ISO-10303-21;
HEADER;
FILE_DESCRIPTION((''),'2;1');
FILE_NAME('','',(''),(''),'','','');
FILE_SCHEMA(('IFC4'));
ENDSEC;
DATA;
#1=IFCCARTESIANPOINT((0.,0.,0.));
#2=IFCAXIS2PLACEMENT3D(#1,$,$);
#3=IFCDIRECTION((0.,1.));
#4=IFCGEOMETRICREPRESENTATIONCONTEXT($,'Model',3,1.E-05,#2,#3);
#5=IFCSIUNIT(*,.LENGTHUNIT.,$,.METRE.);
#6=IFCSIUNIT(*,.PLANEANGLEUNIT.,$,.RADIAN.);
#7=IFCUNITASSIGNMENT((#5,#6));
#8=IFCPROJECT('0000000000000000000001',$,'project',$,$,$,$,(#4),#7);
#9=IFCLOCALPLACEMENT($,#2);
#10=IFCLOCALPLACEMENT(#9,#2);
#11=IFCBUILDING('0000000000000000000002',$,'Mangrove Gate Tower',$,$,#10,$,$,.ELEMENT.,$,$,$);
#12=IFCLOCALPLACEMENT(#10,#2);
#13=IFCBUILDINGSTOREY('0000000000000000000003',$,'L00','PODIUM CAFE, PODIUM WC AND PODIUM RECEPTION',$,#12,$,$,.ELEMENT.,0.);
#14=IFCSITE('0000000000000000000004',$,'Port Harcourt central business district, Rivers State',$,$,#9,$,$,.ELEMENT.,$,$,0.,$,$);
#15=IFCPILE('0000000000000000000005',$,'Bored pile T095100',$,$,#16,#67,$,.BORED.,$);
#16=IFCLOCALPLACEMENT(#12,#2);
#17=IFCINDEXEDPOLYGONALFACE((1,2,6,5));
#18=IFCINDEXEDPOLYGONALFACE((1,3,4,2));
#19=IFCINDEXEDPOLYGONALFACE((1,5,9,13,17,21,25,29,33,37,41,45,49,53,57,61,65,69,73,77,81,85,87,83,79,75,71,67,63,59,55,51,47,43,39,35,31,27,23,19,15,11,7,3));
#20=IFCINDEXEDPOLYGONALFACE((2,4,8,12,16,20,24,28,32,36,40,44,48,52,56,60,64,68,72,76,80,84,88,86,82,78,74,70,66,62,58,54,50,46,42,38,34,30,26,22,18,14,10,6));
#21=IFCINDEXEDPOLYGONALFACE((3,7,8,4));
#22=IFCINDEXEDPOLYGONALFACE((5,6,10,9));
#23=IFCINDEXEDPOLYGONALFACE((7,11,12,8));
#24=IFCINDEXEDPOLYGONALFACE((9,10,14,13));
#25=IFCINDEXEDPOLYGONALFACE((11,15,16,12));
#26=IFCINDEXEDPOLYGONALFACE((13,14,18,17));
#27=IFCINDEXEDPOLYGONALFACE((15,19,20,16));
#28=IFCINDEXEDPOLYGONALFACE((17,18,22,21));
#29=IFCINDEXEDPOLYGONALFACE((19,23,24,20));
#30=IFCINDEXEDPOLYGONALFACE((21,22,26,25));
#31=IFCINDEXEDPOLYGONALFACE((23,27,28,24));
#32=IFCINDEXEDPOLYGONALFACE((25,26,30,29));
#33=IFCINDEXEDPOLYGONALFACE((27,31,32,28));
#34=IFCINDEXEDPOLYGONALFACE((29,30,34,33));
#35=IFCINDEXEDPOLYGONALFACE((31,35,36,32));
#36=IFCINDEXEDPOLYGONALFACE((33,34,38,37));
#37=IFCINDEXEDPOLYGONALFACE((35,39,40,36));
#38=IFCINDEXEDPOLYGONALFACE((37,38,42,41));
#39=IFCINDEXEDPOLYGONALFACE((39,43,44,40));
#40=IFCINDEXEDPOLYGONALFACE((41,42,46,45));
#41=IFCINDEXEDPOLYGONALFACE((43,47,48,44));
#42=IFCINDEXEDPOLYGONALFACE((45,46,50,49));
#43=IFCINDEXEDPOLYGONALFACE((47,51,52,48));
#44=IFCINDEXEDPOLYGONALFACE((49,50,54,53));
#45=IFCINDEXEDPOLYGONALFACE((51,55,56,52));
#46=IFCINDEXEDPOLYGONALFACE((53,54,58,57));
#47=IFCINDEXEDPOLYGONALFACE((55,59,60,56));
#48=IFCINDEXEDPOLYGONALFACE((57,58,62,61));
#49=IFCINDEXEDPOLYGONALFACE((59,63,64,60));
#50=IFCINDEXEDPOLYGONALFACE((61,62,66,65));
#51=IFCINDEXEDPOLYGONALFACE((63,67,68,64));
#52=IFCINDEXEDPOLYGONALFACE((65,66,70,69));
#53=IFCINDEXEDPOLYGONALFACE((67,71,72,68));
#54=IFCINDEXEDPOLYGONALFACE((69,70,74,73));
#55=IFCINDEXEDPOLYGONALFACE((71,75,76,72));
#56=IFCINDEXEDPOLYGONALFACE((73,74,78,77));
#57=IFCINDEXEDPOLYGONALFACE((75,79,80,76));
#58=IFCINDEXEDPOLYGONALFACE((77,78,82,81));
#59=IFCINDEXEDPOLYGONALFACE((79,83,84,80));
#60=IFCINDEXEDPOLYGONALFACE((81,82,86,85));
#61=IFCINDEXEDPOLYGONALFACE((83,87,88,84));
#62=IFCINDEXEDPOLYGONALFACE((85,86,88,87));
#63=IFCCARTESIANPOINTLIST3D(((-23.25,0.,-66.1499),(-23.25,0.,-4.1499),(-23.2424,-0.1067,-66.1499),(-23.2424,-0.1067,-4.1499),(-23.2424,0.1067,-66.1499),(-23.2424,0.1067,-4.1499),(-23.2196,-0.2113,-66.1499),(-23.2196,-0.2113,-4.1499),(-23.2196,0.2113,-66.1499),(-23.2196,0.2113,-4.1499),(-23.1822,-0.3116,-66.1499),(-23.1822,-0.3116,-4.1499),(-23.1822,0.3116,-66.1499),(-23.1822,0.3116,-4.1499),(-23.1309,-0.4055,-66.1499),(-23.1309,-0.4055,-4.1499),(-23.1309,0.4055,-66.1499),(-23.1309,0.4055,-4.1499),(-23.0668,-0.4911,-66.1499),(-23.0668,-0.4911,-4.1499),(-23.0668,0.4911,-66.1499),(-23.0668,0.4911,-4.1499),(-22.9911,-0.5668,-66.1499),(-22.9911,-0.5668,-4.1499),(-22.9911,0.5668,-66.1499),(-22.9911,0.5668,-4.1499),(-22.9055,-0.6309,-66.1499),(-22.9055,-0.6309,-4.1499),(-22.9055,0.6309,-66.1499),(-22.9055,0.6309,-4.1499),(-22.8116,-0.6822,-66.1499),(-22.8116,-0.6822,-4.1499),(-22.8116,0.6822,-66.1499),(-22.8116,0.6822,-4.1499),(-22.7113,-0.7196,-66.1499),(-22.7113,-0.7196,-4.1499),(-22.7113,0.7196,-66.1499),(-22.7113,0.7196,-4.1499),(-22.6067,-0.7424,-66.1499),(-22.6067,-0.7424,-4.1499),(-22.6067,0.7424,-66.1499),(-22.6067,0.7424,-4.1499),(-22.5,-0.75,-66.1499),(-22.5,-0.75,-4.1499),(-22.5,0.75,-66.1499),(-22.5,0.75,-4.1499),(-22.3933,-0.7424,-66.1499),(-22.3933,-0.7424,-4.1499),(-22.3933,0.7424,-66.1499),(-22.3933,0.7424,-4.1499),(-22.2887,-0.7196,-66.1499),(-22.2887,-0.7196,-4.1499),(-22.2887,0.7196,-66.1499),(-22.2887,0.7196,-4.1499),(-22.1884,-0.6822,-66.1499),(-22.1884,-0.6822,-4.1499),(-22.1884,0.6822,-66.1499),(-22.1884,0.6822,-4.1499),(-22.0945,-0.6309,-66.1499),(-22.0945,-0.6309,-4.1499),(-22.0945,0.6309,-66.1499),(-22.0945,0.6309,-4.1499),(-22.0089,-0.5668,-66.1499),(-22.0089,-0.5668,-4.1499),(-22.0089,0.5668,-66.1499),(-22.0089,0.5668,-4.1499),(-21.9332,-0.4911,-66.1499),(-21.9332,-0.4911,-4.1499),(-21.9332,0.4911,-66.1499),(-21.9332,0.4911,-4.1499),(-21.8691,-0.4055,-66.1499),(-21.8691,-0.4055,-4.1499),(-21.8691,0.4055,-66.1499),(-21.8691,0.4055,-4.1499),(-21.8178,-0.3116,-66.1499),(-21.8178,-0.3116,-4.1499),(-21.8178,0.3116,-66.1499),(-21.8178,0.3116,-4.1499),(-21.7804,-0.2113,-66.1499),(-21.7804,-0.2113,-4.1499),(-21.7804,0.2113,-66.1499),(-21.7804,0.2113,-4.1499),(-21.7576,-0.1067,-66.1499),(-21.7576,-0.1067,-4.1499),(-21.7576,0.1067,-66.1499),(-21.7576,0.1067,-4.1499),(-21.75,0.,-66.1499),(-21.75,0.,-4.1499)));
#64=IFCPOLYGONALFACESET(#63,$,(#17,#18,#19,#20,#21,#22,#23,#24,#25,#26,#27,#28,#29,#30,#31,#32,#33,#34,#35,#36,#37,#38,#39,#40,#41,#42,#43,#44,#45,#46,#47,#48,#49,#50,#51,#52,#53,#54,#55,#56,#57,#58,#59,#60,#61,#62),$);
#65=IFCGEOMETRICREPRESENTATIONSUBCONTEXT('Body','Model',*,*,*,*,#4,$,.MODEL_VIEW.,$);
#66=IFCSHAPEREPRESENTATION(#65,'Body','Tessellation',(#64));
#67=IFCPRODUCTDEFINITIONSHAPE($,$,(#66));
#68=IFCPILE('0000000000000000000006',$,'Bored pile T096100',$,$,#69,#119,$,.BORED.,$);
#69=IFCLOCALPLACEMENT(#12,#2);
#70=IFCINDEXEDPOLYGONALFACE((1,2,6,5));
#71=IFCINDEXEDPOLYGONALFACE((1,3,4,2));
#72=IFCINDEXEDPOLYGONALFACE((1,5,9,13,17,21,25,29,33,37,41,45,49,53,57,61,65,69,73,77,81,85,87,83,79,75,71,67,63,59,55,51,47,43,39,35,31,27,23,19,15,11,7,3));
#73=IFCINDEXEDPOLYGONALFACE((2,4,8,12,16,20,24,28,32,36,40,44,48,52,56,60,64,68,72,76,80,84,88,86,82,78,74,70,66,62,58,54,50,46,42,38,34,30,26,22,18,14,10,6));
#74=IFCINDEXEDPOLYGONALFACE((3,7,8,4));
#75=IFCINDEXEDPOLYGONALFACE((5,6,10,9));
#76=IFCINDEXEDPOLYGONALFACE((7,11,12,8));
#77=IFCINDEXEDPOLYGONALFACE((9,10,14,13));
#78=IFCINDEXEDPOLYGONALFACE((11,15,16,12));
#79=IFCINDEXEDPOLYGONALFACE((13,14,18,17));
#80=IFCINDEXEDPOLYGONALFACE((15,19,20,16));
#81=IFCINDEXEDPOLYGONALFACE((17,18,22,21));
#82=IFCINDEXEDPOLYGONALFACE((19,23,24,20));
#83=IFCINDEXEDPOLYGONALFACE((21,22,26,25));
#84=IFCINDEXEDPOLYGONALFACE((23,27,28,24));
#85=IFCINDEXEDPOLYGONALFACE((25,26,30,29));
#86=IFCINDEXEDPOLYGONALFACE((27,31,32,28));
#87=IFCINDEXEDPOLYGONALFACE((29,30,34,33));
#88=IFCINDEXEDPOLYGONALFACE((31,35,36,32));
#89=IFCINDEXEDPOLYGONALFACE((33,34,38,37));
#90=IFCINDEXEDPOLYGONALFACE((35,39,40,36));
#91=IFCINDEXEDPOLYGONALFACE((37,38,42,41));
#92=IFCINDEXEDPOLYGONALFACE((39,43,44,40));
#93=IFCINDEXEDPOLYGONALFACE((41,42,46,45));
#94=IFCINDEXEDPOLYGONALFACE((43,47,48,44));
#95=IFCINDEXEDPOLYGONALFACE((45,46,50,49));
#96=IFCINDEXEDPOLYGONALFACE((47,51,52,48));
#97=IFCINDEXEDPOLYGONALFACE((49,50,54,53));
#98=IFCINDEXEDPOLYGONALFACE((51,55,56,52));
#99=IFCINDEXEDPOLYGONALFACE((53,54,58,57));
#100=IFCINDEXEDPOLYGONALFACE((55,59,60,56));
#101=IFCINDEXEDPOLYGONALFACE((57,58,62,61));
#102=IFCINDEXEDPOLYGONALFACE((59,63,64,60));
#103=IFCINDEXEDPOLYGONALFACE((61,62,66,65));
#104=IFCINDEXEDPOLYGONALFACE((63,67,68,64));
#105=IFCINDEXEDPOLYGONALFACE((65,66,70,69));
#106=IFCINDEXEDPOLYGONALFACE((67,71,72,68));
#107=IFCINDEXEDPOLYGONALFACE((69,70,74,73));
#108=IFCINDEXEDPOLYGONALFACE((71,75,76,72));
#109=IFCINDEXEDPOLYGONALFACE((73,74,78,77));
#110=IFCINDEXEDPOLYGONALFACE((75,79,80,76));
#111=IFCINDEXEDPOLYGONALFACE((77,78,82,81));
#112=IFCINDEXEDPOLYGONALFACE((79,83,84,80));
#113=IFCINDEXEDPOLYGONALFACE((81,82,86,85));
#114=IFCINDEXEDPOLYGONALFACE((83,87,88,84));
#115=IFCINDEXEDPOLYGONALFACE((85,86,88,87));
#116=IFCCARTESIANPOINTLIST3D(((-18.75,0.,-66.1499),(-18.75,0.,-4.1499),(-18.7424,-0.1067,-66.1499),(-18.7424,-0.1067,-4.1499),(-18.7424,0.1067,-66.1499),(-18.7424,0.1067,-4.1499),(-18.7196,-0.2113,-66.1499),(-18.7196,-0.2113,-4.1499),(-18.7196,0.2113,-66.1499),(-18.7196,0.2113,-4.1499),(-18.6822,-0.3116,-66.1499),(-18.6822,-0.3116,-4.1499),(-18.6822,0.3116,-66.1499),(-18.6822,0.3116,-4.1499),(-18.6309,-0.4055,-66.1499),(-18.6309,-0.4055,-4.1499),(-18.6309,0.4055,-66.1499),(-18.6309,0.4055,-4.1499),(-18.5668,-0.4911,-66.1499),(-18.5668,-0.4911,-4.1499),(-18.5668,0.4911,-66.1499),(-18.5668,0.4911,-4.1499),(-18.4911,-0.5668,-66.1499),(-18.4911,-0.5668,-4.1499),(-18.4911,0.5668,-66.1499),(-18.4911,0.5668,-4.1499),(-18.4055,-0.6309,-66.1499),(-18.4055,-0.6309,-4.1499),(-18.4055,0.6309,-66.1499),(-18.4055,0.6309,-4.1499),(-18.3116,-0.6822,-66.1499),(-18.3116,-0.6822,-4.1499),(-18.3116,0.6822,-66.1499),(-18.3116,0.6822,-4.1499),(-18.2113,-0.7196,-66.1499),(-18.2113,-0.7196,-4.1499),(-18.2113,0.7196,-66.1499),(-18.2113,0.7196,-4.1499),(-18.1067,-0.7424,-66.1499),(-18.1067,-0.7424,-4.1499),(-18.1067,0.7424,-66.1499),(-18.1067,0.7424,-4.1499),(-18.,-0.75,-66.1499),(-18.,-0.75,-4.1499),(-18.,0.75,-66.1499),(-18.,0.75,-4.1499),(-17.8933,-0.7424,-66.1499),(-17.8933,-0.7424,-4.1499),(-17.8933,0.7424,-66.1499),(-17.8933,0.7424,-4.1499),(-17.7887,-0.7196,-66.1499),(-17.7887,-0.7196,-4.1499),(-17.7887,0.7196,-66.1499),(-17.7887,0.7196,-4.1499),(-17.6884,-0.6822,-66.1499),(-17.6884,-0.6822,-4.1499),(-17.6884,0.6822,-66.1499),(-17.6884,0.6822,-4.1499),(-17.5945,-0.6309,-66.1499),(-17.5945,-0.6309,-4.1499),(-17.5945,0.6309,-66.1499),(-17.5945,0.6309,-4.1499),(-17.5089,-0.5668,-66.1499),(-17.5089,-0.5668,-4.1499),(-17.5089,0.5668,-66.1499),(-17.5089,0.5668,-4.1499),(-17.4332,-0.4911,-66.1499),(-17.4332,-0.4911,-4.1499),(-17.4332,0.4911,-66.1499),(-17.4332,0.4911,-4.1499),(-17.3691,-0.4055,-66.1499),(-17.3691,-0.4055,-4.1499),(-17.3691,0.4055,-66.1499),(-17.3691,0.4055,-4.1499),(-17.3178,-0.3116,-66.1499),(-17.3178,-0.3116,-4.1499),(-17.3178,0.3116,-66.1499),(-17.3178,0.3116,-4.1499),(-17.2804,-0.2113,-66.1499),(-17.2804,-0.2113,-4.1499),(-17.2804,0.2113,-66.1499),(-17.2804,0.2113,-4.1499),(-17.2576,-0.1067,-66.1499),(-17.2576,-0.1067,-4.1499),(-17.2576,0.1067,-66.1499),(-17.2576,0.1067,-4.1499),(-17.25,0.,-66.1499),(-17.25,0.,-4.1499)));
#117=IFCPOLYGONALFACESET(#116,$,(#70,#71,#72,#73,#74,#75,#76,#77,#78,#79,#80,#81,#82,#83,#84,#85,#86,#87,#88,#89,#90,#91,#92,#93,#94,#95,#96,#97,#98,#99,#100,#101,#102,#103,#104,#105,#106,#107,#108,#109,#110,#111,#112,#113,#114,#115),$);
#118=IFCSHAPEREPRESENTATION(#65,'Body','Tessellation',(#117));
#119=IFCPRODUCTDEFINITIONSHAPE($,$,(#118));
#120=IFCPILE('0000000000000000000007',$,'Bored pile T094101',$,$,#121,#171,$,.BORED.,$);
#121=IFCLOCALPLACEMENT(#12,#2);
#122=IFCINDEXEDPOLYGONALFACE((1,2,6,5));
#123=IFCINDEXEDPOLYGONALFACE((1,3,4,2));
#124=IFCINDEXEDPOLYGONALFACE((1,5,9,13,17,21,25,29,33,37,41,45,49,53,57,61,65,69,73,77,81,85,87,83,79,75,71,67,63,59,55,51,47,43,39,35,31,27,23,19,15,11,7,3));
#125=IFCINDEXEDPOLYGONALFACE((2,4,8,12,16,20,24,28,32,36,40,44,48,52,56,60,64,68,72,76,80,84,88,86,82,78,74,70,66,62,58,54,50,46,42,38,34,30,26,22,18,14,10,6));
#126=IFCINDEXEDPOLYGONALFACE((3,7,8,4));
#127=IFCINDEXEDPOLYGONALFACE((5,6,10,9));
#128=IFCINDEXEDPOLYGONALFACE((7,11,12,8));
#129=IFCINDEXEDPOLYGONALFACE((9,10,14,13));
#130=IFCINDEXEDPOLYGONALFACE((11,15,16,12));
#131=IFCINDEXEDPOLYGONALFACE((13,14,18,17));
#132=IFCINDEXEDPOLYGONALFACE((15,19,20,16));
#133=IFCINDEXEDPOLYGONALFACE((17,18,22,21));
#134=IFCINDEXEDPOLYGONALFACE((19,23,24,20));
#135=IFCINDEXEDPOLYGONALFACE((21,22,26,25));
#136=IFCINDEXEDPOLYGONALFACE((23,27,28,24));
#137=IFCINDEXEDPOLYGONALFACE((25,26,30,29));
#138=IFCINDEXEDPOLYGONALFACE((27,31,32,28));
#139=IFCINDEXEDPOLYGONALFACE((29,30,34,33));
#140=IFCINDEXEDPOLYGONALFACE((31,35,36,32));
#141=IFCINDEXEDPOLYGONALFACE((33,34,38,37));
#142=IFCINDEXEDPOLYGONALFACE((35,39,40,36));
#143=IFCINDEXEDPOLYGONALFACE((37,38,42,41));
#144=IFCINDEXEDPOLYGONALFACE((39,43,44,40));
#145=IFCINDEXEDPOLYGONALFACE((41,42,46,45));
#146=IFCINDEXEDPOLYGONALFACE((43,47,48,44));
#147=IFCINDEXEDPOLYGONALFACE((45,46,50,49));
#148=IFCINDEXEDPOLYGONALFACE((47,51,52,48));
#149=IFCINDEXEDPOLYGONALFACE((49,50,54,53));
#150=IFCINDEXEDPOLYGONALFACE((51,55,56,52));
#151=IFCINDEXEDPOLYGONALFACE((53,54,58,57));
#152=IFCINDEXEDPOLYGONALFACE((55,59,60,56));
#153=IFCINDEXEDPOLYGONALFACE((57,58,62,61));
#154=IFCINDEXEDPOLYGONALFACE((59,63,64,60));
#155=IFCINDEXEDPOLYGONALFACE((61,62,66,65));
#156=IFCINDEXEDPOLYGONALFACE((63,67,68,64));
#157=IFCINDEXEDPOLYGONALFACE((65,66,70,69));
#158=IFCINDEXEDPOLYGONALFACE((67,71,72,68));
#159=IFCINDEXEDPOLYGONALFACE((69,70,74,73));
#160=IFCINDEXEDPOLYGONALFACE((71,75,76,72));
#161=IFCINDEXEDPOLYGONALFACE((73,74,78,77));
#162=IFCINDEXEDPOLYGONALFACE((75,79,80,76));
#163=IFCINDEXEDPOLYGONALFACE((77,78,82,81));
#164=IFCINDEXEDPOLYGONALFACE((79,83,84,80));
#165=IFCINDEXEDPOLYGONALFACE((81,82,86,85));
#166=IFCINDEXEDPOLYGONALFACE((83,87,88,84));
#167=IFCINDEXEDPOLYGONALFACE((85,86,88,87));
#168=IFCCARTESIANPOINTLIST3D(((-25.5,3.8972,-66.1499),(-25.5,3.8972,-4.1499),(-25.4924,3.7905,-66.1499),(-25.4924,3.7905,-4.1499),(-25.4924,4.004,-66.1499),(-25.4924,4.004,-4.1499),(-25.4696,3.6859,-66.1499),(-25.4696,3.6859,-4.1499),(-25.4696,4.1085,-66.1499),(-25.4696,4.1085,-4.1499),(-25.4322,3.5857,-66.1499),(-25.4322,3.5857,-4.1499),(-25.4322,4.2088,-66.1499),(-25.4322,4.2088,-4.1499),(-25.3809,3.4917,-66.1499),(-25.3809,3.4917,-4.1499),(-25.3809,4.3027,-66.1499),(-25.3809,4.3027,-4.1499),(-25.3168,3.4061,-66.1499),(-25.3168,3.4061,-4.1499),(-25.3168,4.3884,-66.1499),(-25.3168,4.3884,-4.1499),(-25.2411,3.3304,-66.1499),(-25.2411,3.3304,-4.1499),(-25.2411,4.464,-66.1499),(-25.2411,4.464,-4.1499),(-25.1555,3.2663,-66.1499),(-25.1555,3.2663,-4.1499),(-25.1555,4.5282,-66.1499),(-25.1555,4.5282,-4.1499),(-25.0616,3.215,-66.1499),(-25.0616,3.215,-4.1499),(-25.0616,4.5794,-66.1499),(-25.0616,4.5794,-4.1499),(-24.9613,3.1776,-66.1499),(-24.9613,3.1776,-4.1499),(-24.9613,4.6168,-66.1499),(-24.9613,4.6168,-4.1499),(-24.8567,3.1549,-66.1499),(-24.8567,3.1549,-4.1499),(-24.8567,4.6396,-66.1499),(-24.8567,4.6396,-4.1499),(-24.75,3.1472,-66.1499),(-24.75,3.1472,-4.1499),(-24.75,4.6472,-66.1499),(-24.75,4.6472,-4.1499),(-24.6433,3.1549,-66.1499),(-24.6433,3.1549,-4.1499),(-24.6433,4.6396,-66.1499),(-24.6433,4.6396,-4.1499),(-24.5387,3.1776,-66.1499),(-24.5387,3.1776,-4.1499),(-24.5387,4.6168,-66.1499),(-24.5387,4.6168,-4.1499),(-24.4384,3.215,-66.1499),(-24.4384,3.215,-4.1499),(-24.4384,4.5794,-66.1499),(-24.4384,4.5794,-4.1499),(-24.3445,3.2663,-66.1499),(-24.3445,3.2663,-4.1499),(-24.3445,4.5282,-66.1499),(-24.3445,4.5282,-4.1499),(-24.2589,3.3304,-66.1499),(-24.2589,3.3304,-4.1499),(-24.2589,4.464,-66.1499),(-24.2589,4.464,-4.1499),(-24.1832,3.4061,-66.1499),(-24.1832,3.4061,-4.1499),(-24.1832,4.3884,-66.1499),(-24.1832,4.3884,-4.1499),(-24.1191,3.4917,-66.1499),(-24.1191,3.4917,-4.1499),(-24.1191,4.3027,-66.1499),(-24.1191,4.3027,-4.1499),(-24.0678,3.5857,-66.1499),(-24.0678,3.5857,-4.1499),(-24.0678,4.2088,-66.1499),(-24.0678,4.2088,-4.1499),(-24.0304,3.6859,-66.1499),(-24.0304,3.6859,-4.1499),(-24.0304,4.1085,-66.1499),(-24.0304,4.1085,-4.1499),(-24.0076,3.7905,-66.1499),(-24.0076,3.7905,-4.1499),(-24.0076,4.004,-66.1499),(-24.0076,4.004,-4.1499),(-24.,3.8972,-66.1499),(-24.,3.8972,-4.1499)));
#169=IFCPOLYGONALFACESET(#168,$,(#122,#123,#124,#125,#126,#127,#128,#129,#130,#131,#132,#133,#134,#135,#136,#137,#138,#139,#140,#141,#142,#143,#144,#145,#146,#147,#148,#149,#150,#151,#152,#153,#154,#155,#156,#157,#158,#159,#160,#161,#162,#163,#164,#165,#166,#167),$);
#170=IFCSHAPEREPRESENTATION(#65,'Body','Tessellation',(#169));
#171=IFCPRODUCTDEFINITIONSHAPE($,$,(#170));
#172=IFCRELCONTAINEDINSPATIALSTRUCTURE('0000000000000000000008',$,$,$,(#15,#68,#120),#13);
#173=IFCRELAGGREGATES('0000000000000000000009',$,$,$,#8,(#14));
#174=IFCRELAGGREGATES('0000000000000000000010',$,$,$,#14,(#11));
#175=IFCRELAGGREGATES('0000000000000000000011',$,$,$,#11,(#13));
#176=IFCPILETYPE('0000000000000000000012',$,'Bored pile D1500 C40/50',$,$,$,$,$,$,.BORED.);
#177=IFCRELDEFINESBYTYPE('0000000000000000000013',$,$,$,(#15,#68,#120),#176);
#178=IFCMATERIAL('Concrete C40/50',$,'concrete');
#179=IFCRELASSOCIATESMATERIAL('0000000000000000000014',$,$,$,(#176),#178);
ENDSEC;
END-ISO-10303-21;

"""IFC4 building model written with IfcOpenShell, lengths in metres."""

from ifc_helpers import new_model, si_unit, direction, frame, origin, origin_2d, place, context, subcontext, project, spatial, circle, extrude, material, material_profile, profile_set, type_object, element, save


model = new_model("IFC4")

# Units and contexts
model_context = context("Model", 3, precision=1e-05, world=origin(), true_north=direction((0.0, 1.0)))
body_context = subcontext(model_context, "Body", "Model", "MODEL_VIEW")
ifc_project = project(units=[si_unit("LENGTHUNIT", "METRE"), si_unit("PLANEANGLEUNIT", "RADIAN")], contexts=[model_context])

# Site, building, storey
site_placement = place(None, origin())
site = spatial("IfcSite", under=ifc_project, at=site_placement, Name="Port Harcourt central business district, Rivers State", CompositionType="ELEMENT", RefElevation=0.0)
building_placement = place(site_placement, origin())
building = spatial("IfcBuilding", under=site, at=building_placement, Name="Mangrove Gate Tower", CompositionType="ELEMENT")
storey_placement = place(building_placement, origin())
storey = spatial("IfcBuildingStorey", under=building, at=storey_placement, Name="L00", Description="PODIUM CAFE, PODIUM WC AND PODIUM RECEPTION", CompositionType="ELEMENT", Elevation=0.0)

# Piles
ifc_material = material(Name="Concrete C40/50", Category="concrete")
ifc_material_profile = material_profile(ifc_material, circle(Radius=0.75, at=origin_2d()))
ifc_profile_set = profile_set([ifc_material_profile], Name="Concrete C40/50")
pile_type = type_object("IfcPileType", Name="Bored pile D1500 C40/50", PredefinedType="BORED", material=ifc_profile_set)
for number, where, z_axis, x_axis, name in (
    (1, (-22.5, 0.0, -4.1499), (0.0, 0.0, -1.0), (1.0, 0.0, 0.0), "Bored pile T095100"),
    (2, (-18.0, 0.0, -4.1499), (0.0, 0.0, -1.0), (1.0, 0.0, 0.0), "Bored pile T096100"),
    (3, (-24.75, 3.8972, -4.1499), (0.0, 0.0, -1.0), (1.0, 0.0, 0.0), "Bored pile T094101"),
):
    element("IfcPile", number, at=place(storey_placement, frame(where, z_axis=z_axis, x_axis=x_axis)), inside=storey, type_object=pile_type, Name=name, PredefinedType="BORED", context=body_context, shape_type="SweptSolid", body=[
        extrude(circle(Radius=0.75, at=origin_2d()), origin(), (0.0, 0.0, 1.0), 62.0),
    ])

save(model, "model.ifc")
